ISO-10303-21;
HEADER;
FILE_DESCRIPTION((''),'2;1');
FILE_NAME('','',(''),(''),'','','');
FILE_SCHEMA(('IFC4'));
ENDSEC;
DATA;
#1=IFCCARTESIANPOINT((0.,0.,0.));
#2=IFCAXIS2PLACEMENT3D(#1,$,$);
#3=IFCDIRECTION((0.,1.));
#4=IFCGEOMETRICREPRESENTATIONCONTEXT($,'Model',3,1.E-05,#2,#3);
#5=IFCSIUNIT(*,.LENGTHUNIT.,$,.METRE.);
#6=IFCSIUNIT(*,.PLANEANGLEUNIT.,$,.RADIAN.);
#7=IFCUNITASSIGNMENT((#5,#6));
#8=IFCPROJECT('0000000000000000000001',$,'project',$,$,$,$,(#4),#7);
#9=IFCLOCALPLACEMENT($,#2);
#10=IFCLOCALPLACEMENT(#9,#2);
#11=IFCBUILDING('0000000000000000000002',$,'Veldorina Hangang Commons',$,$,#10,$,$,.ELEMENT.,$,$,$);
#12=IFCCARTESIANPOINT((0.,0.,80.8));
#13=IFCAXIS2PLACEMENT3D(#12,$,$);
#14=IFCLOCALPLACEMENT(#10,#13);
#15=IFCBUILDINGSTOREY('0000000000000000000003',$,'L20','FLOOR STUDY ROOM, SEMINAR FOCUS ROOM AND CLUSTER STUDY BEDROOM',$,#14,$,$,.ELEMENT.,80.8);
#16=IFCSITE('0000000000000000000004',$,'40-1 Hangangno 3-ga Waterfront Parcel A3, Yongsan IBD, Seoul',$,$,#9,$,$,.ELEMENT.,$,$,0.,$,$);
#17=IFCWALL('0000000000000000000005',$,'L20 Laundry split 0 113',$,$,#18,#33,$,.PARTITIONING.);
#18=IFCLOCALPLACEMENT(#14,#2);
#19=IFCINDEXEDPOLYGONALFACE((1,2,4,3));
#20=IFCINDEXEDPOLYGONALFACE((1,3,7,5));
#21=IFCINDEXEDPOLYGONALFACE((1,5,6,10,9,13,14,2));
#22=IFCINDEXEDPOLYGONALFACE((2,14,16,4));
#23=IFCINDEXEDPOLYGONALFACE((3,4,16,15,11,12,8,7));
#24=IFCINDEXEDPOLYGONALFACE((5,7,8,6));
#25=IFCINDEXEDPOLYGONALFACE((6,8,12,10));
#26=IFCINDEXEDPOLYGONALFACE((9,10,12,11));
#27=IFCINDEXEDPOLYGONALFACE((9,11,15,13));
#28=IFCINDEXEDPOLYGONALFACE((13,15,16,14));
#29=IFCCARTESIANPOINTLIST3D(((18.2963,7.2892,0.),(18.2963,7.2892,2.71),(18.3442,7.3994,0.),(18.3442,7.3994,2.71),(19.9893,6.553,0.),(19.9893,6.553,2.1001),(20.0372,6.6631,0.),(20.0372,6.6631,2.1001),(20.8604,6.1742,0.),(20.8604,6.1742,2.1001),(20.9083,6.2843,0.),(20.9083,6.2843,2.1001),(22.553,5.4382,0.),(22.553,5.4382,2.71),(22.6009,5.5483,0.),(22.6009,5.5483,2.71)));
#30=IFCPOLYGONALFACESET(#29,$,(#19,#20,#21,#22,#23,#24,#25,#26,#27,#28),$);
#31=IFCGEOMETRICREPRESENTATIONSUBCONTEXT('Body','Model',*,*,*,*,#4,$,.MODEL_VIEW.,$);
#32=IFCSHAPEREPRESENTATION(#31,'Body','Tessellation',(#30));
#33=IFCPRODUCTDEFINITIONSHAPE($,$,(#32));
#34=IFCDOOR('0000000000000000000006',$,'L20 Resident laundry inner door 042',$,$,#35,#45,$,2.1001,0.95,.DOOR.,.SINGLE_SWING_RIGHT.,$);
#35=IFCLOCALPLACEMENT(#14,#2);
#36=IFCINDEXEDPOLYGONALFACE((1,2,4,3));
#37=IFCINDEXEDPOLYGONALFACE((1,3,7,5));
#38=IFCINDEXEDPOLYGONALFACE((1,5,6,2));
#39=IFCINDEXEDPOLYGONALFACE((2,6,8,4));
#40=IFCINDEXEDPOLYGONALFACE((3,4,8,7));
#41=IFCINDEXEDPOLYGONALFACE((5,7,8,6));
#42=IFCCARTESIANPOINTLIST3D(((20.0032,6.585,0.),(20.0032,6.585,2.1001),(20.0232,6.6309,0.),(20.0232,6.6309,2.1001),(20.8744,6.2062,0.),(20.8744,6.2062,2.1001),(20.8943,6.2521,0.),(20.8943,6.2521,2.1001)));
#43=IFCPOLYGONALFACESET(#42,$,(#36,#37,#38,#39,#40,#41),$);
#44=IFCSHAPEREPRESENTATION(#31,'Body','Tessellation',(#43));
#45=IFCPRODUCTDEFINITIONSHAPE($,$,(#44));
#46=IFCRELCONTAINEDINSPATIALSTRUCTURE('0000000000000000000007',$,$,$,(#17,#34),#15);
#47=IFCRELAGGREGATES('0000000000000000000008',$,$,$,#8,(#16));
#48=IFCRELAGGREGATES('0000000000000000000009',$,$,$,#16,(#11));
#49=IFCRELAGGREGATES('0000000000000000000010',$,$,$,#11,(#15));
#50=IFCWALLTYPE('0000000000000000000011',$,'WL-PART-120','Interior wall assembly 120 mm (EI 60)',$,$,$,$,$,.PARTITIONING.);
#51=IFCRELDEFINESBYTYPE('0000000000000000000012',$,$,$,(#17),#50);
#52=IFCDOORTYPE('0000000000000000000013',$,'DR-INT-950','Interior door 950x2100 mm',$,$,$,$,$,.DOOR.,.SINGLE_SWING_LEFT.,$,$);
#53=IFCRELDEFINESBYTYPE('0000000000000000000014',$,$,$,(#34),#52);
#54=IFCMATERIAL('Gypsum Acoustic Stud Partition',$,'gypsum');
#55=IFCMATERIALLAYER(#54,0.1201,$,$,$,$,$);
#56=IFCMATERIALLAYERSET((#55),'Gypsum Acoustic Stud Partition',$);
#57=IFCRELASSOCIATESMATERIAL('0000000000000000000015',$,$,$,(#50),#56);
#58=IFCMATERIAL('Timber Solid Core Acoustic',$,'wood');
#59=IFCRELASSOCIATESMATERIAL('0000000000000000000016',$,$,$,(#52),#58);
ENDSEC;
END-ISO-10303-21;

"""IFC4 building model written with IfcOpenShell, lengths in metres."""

from ifc_helpers import new_model, si_unit, direction, frame, frame_2d, origin, place, context, subcontext, project, spatial, rectangle, extrude, material, layer, layer_set, type_object, element, fill, save


model = new_model("IFC4")

# Units and contexts
model_context = context("Model", 3, precision=1e-05, world=origin(), true_north=direction((0.0, 1.0)))
body_context = subcontext(model_context, "Body", "Model", "MODEL_VIEW")
ifc_project = project(units=[si_unit("LENGTHUNIT", "METRE"), si_unit("PLANEANGLEUNIT", "RADIAN")], contexts=[model_context])

# Site, building, storey
site_placement = place(None, origin())
site = spatial("IfcSite", under=ifc_project, at=site_placement, Name="40-1 Hangangno 3-ga Waterfront Parcel A3, Yongsan IBD, Seoul", CompositionType="ELEMENT", RefElevation=0.0)
building_placement = place(site_placement, origin())
building = spatial("IfcBuilding", under=site, at=building_placement, Name="Veldorina Hangang Commons", CompositionType="ELEMENT")
storey_placement = place(building_placement, frame((0.0, 0.0, 80.8)))
storey = spatial("IfcBuildingStorey", under=building, at=storey_placement, Name="L20", Description="FLOOR STUDY ROOM, SEMINAR FOCUS ROOM AND CLUSTER STUDY BEDROOM", CompositionType="ELEMENT", Elevation=80.8)

# Shared definitions
ifc_material_1 = material(Name="Timber Solid Core Acoustic", Category="wood")

# Wall, opening, door
ifc_material_2 = material(Name="Gypsum Acoustic Stud Partition", Category="gypsum")
ifc_layer_1 = layer(ifc_material_2, 0.1201)
ifc_layer_set_1 = layer_set([ifc_layer_1], Name="Gypsum Acoustic Stud Partition")
wall_type_1 = type_object("IfcWallType", Name="WL-PART-120", Description="Interior wall assembly 120 mm (EI 60)", PredefinedType="PARTITIONING", material=ifc_layer_set_1)
wall_1_placement = place(storey_placement, frame((18.3203, 7.3442, 0.0), z_axis=(0.0, 0.0, 1.0), x_axis=(0.917048, -0.398776, 0.0)))
wall_1 = element("IfcWall", 1, at=wall_1_placement, inside=storey, type_object=wall_type_1, Name="L20 Laundry split 0 113", PredefinedType="PARTITIONING", context=body_context, shape_type="SweptSolid", body=[
    extrude(rectangle(XDim=4.6418, YDim=0.1201, at=frame_2d((2.3208, 0.0))), origin(), (0.0, 0.0, 1.0), 2.71),
])
opening_1_placement = place(wall_1_placement, frame((1.8459, 0.0, 0.0)))
opening_1 = element("IfcOpeningElement", 2, at=opening_1_placement, cuts=wall_1, PredefinedType="OPENING", context=body_context, shape_type="SweptSolid", body=[
    extrude(rectangle(XDim=0.95, YDim=2.1001, at=frame_2d((0.4751, 1.05))), frame((0.0, 0.0701, 0.0), z_axis=(0.0, -1.0, 0.0), x_axis=(1.0, 0.0, 0.0)), (0.0, 0.0, 1.0), 0.1401),
])
door_type_1 = type_object("IfcDoorType", Name="DR-INT-950", Description="Interior door 950x2100 mm", OperationType="SINGLE_SWING_LEFT", PredefinedType="DOOR", material=ifc_material_1)
door_1_placement = place(opening_1_placement, origin())
door_1 = element("IfcDoor", 3, at=door_1_placement, inside=storey, type_object=door_type_1, Name="L20 Resident laundry inner door 042", OperationType="SINGLE_SWING_RIGHT", OverallHeight=2.1001, OverallWidth=0.95, PredefinedType="DOOR", context=body_context, shape_type="SweptSolid", body=[
    extrude(rectangle(XDim=0.95, YDim=2.1001, at=frame_2d((0.4751, 1.05))), frame((0.0, 0.0249, 0.0), z_axis=(0.0, -1.0, 0.0), x_axis=(1.0, 0.0, 0.0)), (0.0, 0.0, 1.0), 0.05),
])
fill(opening_1, door_1)

save(model, "model.ifc")
